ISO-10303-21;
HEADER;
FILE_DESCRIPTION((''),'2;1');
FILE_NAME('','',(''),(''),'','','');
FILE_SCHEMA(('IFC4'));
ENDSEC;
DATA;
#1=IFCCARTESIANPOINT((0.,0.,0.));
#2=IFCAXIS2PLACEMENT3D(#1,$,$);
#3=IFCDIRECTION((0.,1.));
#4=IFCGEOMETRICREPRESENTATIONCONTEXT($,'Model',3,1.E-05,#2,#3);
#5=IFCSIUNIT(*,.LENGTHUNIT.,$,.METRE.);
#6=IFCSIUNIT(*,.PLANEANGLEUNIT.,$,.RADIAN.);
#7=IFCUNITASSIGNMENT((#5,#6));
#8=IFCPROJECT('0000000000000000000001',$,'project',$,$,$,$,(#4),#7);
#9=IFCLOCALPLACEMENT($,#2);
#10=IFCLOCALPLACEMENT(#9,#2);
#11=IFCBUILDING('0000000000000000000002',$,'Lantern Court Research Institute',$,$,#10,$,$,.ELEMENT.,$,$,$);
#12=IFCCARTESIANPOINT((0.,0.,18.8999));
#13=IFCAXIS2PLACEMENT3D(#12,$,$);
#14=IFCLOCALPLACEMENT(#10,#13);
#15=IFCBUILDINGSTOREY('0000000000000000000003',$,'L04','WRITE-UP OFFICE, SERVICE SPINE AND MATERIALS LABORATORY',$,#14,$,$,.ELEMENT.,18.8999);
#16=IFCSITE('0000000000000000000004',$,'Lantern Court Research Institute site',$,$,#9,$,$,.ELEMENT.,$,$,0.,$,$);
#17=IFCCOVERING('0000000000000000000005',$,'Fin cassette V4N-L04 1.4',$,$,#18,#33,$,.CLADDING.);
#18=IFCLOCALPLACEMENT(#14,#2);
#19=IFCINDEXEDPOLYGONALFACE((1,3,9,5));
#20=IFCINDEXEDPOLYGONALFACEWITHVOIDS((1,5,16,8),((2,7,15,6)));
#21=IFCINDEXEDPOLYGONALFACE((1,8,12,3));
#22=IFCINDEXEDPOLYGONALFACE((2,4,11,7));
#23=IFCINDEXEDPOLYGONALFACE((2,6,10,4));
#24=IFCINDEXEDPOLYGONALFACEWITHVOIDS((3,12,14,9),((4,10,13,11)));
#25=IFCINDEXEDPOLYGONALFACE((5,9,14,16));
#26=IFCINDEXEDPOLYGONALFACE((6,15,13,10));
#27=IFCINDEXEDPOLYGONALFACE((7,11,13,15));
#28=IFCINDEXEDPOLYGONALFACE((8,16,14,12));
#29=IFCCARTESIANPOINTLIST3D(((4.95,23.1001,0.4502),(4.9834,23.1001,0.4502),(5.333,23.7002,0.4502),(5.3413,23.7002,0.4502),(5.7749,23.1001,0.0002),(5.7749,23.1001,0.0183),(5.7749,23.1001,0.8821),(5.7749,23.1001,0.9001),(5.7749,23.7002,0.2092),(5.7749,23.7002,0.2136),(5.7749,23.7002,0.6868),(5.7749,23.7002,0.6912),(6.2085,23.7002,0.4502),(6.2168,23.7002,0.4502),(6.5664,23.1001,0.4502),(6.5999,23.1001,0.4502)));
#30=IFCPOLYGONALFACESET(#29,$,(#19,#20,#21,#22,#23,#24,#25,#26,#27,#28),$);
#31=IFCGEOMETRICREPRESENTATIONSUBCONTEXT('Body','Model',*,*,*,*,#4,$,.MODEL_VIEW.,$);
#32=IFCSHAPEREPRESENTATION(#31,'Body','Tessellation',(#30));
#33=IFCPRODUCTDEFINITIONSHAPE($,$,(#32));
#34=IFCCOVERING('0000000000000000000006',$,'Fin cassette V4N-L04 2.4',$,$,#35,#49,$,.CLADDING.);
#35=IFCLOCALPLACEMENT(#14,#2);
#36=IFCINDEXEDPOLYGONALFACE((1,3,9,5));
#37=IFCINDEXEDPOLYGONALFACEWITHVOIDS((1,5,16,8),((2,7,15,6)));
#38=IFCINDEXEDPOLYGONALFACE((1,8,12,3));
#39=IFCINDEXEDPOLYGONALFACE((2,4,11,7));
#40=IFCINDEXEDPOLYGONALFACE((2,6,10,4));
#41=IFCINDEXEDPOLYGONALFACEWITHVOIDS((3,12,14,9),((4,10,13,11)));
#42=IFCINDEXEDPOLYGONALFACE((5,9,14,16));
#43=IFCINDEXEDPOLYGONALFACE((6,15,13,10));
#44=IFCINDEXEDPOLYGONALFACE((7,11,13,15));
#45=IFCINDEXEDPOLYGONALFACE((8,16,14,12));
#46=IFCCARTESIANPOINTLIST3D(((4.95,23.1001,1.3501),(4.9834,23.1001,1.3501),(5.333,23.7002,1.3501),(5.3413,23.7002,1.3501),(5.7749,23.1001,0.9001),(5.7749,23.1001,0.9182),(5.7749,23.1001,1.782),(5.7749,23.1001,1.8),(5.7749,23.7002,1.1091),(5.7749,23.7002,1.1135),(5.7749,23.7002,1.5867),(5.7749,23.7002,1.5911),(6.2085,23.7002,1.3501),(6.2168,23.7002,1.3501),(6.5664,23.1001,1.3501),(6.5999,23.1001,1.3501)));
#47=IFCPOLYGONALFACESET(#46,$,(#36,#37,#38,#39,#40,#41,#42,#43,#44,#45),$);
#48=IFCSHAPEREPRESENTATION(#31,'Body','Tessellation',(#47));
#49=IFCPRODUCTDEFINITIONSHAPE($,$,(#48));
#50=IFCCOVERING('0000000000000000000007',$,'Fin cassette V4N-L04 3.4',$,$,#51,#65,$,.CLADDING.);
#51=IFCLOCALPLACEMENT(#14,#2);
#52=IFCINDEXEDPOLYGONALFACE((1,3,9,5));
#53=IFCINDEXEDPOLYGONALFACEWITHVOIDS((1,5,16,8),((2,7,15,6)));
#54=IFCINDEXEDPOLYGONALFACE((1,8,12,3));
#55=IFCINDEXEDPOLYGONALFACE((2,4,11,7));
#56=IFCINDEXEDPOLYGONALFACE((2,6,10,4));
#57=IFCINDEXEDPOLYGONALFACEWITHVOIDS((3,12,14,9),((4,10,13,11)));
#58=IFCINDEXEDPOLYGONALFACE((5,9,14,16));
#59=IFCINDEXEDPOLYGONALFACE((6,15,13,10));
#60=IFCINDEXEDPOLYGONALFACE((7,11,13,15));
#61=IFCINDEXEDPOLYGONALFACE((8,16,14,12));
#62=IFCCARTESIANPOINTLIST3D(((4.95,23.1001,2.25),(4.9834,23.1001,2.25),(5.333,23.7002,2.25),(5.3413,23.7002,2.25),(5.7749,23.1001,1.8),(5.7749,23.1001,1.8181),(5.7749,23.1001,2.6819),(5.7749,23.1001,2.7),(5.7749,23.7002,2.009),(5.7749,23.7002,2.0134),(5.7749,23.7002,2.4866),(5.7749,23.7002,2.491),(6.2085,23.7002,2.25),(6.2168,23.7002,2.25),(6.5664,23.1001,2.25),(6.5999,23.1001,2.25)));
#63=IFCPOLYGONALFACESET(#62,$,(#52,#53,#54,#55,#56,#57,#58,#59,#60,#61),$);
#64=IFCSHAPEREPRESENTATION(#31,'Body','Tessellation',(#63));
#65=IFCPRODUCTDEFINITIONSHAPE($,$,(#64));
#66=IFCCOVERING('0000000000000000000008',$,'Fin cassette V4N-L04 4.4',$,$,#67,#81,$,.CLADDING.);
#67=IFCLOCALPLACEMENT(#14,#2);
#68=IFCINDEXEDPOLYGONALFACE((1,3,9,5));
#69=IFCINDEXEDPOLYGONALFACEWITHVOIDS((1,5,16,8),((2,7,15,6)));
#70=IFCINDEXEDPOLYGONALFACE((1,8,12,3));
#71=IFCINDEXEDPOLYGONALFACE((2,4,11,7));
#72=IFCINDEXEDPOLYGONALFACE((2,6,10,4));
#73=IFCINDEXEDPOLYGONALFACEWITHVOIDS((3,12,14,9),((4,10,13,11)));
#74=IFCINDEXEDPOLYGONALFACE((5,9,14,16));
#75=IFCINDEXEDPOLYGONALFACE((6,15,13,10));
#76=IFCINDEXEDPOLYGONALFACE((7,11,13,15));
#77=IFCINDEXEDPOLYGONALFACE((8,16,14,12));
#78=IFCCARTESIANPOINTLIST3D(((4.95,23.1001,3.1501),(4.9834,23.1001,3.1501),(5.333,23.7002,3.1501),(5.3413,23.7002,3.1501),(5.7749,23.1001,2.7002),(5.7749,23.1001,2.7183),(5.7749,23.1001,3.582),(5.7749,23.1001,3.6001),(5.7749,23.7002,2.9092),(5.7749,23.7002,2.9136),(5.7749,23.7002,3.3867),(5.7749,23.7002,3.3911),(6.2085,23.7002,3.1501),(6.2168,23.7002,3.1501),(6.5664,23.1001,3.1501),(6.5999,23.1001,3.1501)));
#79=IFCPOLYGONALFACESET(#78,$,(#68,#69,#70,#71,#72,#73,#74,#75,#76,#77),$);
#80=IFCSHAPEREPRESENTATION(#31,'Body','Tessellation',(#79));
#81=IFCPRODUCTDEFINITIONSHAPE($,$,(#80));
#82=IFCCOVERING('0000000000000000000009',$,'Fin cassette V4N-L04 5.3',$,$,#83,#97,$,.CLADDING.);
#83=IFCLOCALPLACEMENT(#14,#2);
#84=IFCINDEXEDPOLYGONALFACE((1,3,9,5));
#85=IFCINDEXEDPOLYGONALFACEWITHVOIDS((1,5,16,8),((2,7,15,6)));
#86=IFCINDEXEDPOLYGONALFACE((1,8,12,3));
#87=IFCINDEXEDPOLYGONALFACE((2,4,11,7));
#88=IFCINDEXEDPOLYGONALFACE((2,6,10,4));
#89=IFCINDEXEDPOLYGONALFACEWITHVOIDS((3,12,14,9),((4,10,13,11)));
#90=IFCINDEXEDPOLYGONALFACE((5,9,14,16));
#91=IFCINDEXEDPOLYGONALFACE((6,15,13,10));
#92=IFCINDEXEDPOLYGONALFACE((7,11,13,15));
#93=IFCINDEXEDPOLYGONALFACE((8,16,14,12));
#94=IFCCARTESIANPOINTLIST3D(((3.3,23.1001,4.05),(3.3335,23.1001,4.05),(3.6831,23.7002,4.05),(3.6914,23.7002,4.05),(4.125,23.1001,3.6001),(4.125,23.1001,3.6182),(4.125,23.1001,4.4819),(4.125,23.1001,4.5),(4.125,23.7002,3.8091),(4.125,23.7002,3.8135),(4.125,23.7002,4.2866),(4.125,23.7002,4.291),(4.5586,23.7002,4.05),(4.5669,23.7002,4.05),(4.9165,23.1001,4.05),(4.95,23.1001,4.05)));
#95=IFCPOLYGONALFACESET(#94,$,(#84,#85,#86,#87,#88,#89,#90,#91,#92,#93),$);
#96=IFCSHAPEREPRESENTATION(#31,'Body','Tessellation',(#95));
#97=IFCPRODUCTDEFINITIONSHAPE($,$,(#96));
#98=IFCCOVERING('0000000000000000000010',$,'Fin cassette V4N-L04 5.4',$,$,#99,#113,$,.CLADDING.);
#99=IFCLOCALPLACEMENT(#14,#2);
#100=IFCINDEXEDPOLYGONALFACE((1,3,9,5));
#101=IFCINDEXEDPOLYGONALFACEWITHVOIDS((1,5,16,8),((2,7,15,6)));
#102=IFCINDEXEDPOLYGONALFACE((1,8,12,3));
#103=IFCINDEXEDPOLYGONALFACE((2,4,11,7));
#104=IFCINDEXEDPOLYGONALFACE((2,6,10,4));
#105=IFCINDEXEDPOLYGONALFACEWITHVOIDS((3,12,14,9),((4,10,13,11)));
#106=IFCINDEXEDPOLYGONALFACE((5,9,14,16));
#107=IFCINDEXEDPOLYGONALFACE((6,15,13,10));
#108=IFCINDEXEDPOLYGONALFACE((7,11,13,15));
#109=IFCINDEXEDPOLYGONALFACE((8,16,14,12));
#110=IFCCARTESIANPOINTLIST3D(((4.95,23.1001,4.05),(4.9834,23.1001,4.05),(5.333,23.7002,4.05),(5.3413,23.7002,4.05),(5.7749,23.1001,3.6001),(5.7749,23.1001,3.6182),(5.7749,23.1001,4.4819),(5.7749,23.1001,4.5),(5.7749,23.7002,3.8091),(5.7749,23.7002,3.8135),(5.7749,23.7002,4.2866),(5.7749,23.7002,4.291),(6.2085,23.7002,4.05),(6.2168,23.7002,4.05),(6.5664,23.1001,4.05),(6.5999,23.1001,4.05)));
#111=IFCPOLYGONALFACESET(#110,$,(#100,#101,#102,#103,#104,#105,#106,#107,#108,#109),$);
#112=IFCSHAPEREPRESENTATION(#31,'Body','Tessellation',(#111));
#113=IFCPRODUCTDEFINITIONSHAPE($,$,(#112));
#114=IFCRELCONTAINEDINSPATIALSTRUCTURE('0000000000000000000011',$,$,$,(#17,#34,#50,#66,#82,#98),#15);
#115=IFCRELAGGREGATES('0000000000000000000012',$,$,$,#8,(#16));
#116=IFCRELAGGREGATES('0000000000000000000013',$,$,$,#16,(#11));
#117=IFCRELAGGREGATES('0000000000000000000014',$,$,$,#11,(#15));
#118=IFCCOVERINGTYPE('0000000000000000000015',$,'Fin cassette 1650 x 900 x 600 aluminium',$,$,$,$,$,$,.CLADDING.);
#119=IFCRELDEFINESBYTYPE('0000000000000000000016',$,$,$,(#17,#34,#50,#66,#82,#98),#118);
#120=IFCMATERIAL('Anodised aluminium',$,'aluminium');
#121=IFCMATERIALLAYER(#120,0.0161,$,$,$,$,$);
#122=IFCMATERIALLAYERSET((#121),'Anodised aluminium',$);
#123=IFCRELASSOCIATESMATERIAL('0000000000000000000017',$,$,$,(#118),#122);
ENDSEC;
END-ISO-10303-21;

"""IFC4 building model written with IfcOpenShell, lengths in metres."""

from ifc_helpers import new_model, entity, si_unit, direction, frame, origin, place, context, subcontext, project, spatial, material, layer, layer_set, type_object, element, save


model = new_model("IFC4")

# Units and contexts
model_context = context("Model", 3, precision=1e-05, world=origin(), true_north=direction((0.0, 1.0)))
body_context = subcontext(model_context, "Body", "Model", "MODEL_VIEW")
ifc_project = project(units=[si_unit("LENGTHUNIT", "METRE"), si_unit("PLANEANGLEUNIT", "RADIAN")], contexts=[model_context])

# Site, building, storey
site_placement = place(None, origin())
site = spatial("IfcSite", under=ifc_project, at=site_placement, Name="Lantern Court Research Institute site", CompositionType="ELEMENT", RefElevation=0.0)
building_placement = place(site_placement, origin())
building = spatial("IfcBuilding", under=site, at=building_placement, Name="Lantern Court Research Institute", CompositionType="ELEMENT")
storey_placement = place(building_placement, frame((0.0, 0.0, 18.8999)))
storey = spatial("IfcBuildingStorey", under=building, at=storey_placement, Name="L04", Description="WRITE-UP OFFICE, SERVICE SPINE AND MATERIALS LABORATORY", CompositionType="ELEMENT", Elevation=18.8999)

# Coverings
ifc_material_1 = material(Name="Anodised aluminium", Category="aluminium")
ifc_layer_1 = layer(ifc_material_1, 0.0161)
ifc_layer_set_1 = layer_set([ifc_layer_1], Name="Anodised aluminium")
covering_type = type_object("IfcCoveringType", Name="Fin cassette 1650 x 900 x 600 aluminium", PredefinedType="CLADDING", material=ifc_layer_set_1)
covering_1_placement = place(storey_placement, frame((5.7749, 23.1001, 0.4502), z_axis=(0.0, 1.0, 0.0), x_axis=(-1.0, 0.0, 0.0)))
cartesian_point_1 = entity("IfcCartesianPoint", [0.825, 0.0])
cartesian_point_2 = entity("IfcCartesianPoint", [0.7915, 0.0])
cartesian_point_3 = entity("IfcCartesianPoint", [0.4419, 0.0])
cartesian_point_4 = entity("IfcCartesianPoint", [0.4336, 0.0])
element("IfcCovering", 1, at=covering_1_placement, inside=storey, type_object=covering_type, Name="Fin cassette V4N-L04 1.4", PredefinedType="CLADDING", context=body_context, shape_type="SweptSolid", body=[
    entity("IfcExtrudedAreaSolidTapered", entity("IfcArbitraryProfileDefWithVoids", "AREA", None, entity("IfcPolyline", [cartesian_point_1, entity("IfcCartesianPoint", [0.0, 0.45]), entity("IfcCartesianPoint", [-0.825, 0.0]), entity("IfcCartesianPoint", [0.0, -0.45]), cartesian_point_1]), [entity("IfcPolyline", [cartesian_point_2, entity("IfcCartesianPoint", [0.0, 0.4319]), entity("IfcCartesianPoint", [-0.7915, 0.0]), entity("IfcCartesianPoint", [0.0, -0.4319]), cartesian_point_2])]), entity("IfcAxis2Placement3D", entity("IfcCartesianPoint", [0.0, 0.0, 0.0])), entity("IfcDirection", [0.0, 0.0, 1.0]), 0.6001, entity("IfcArbitraryProfileDefWithVoids", "AREA", None, entity("IfcPolyline", [cartesian_point_3, entity("IfcCartesianPoint", [0.0, 0.241]), entity("IfcCartesianPoint", [-0.4419, 0.0]), entity("IfcCartesianPoint", [0.0, -0.241]), cartesian_point_3]), [entity("IfcPolyline", [cartesian_point_4, entity("IfcCartesianPoint", [0.0, 0.2366]), entity("IfcCartesianPoint", [-0.4336, 0.0]), entity("IfcCartesianPoint", [0.0, -0.2366]), cartesian_point_4])])),
])
covering_2_placement = place(storey_placement, frame((5.7749, 23.1001, 1.3501), z_axis=(0.0, 1.0, 0.0), x_axis=(-1.0, 0.0, 0.0)))
cartesian_point_5 = entity("IfcCartesianPoint", [0.825, 0.0])
cartesian_point_6 = entity("IfcCartesianPoint", [0.7915, 0.0])
cartesian_point_7 = entity("IfcCartesianPoint", [0.4419, 0.0])
cartesian_point_8 = entity("IfcCartesianPoint", [0.4336, 0.0])
element("IfcCovering", 2, at=covering_2_placement, inside=storey, type_object=covering_type, Name="Fin cassette V4N-L04 2.4", PredefinedType="CLADDING", context=body_context, shape_type="SweptSolid", body=[
    entity("IfcExtrudedAreaSolidTapered", entity("IfcArbitraryProfileDefWithVoids", "AREA", None, entity("IfcPolyline", [cartesian_point_5, entity("IfcCartesianPoint", [0.0, 0.45]), entity("IfcCartesianPoint", [-0.825, 0.0]), entity("IfcCartesianPoint", [0.0, -0.45]), cartesian_point_5]), [entity("IfcPolyline", [cartesian_point_6, entity("IfcCartesianPoint", [0.0, 0.4319]), entity("IfcCartesianPoint", [-0.7915, 0.0]), entity("IfcCartesianPoint", [0.0, -0.4319]), cartesian_point_6])]), entity("IfcAxis2Placement3D", entity("IfcCartesianPoint", [0.0, 0.0, 0.0])), entity("IfcDirection", [0.0, 0.0, 1.0]), 0.6001, entity("IfcArbitraryProfileDefWithVoids", "AREA", None, entity("IfcPolyline", [cartesian_point_7, entity("IfcCartesianPoint", [0.0, 0.241]), entity("IfcCartesianPoint", [-0.4419, 0.0]), entity("IfcCartesianPoint", [0.0, -0.241]), cartesian_point_7]), [entity("IfcPolyline", [cartesian_point_8, entity("IfcCartesianPoint", [0.0, 0.2366]), entity("IfcCartesianPoint", [-0.4336, 0.0]), entity("IfcCartesianPoint", [0.0, -0.2366]), cartesian_point_8])])),
])
covering_3_placement = place(storey_placement, frame((5.7749, 23.1001, 2.25), z_axis=(0.0, 1.0, 0.0), x_axis=(-1.0, 0.0, 0.0)))
cartesian_point_9 = entity("IfcCartesianPoint", [0.825, 0.0])
cartesian_point_10 = entity("IfcCartesianPoint", [0.7915, 0.0])
cartesian_point_11 = entity("IfcCartesianPoint", [0.4419, 0.0])
cartesian_point_12 = entity("IfcCartesianPoint", [0.4336, 0.0])
element("IfcCovering", 3, at=covering_3_placement, inside=storey, type_object=covering_type, Name="Fin cassette V4N-L04 3.4", PredefinedType="CLADDING", context=body_context, shape_type="SweptSolid", body=[
    entity("IfcExtrudedAreaSolidTapered", entity("IfcArbitraryProfileDefWithVoids", "AREA", None, entity("IfcPolyline", [cartesian_point_9, entity("IfcCartesianPoint", [0.0, 0.45]), entity("IfcCartesianPoint", [-0.825, 0.0]), entity("IfcCartesianPoint", [0.0, -0.45]), cartesian_point_9]), [entity("IfcPolyline", [cartesian_point_10, entity("IfcCartesianPoint", [0.0, 0.4319]), entity("IfcCartesianPoint", [-0.7915, 0.0]), entity("IfcCartesianPoint", [0.0, -0.4319]), cartesian_point_10])]), entity("IfcAxis2Placement3D", entity("IfcCartesianPoint", [0.0, 0.0, 0.0])), entity("IfcDirection", [0.0, 0.0, 1.0]), 0.6001, entity("IfcArbitraryProfileDefWithVoids", "AREA", None, entity("IfcPolyline", [cartesian_point_11, entity("IfcCartesianPoint", [0.0, 0.241]), entity("IfcCartesianPoint", [-0.4419, 0.0]), entity("IfcCartesianPoint", [0.0, -0.241]), cartesian_point_11]), [entity("IfcPolyline", [cartesian_point_12, entity("IfcCartesianPoint", [0.0, 0.2366]), entity("IfcCartesianPoint", [-0.4336, 0.0]), entity("IfcCartesianPoint", [0.0, -0.2366]), cartesian_point_12])])),
])
covering_4_placement = place(storey_placement, frame((5.7749, 23.1001, 3.1501), z_axis=(0.0, 1.0, 0.0), x_axis=(-1.0, 0.0, 0.0)))
cartesian_point_13 = entity("IfcCartesianPoint", [0.825, 0.0])
cartesian_point_14 = entity("IfcCartesianPoint", [0.7915, 0.0])
cartesian_point_15 = entity("IfcCartesianPoint", [0.4419, 0.0])
cartesian_point_16 = entity("IfcCartesianPoint", [0.4336, 0.0])
element("IfcCovering", 4, at=covering_4_placement, inside=storey, type_object=covering_type, Name="Fin cassette V4N-L04 4.4", PredefinedType="CLADDING", context=body_context, shape_type="SweptSolid", body=[
    entity("IfcExtrudedAreaSolidTapered", entity("IfcArbitraryProfileDefWithVoids", "AREA", None, entity("IfcPolyline", [cartesian_point_13, entity("IfcCartesianPoint", [0.0, 0.45]), entity("IfcCartesianPoint", [-0.825, 0.0]), entity("IfcCartesianPoint", [0.0, -0.45]), cartesian_point_13]), [entity("IfcPolyline", [cartesian_point_14, entity("IfcCartesianPoint", [0.0, 0.4319]), entity("IfcCartesianPoint", [-0.7915, 0.0]), entity("IfcCartesianPoint", [0.0, -0.4319]), cartesian_point_14])]), entity("IfcAxis2Placement3D", entity("IfcCartesianPoint", [0.0, 0.0, 0.0])), entity("IfcDirection", [0.0, 0.0, 1.0]), 0.6001, entity("IfcArbitraryProfileDefWithVoids", "AREA", None, entity("IfcPolyline", [cartesian_point_15, entity("IfcCartesianPoint", [0.0, 0.241]), entity("IfcCartesianPoint", [-0.4419, 0.0]), entity("IfcCartesianPoint", [0.0, -0.241]), cartesian_point_15]), [entity("IfcPolyline", [cartesian_point_16, entity("IfcCartesianPoint", [0.0, 0.2366]), entity("IfcCartesianPoint", [-0.4336, 0.0]), entity("IfcCartesianPoint", [0.0, -0.2366]), cartesian_point_16])])),
])
covering_5_placement = place(storey_placement, frame((4.125, 23.1001, 4.05), z_axis=(0.0, 1.0, 0.0), x_axis=(-1.0, 0.0, 0.0)))
cartesian_point_17 = entity("IfcCartesianPoint", [0.825, 0.0])
cartesian_point_18 = entity("IfcCartesianPoint", [0.7915, 0.0])
cartesian_point_19 = entity("IfcCartesianPoint", [0.4419, 0.0])
cartesian_point_20 = entity("IfcCartesianPoint", [0.4336, 0.0])
element("IfcCovering", 5, at=covering_5_placement, inside=storey, type_object=covering_type, Name="Fin cassette V4N-L04 5.3", PredefinedType="CLADDING", context=body_context, shape_type="SweptSolid", body=[
    entity("IfcExtrudedAreaSolidTapered", entity("IfcArbitraryProfileDefWithVoids", "AREA", None, entity("IfcPolyline", [cartesian_point_17, entity("IfcCartesianPoint", [0.0, 0.45]), entity("IfcCartesianPoint", [-0.825, 0.0]), entity("IfcCartesianPoint", [0.0, -0.45]), cartesian_point_17]), [entity("IfcPolyline", [cartesian_point_18, entity("IfcCartesianPoint", [0.0, 0.4319]), entity("IfcCartesianPoint", [-0.7915, 0.0]), entity("IfcCartesianPoint", [0.0, -0.4319]), cartesian_point_18])]), entity("IfcAxis2Placement3D", entity("IfcCartesianPoint", [0.0, 0.0, 0.0])), entity("IfcDirection", [0.0, 0.0, 1.0]), 0.6001, entity("IfcArbitraryProfileDefWithVoids", "AREA", None, entity("IfcPolyline", [cartesian_point_19, entity("IfcCartesianPoint", [0.0, 0.241]), entity("IfcCartesianPoint", [-0.4419, 0.0]), entity("IfcCartesianPoint", [0.0, -0.241]), cartesian_point_19]), [entity("IfcPolyline", [cartesian_point_20, entity("IfcCartesianPoint", [0.0, 0.2366]), entity("IfcCartesianPoint", [-0.4336, 0.0]), entity("IfcCartesianPoint", [0.0, -0.2366]), cartesian_point_20])])),
])
covering_6_placement = place(storey_placement, frame((5.7749, 23.1001, 4.05), z_axis=(0.0, 1.0, 0.0), x_axis=(-1.0, 0.0, 0.0)))
cartesian_point_21 = entity("IfcCartesianPoint", [0.825, 0.0])
cartesian_point_22 = entity("IfcCartesianPoint", [0.7915, 0.0])
cartesian_point_23 = entity("IfcCartesianPoint", [0.4419, 0.0])
cartesian_point_24 = entity("IfcCartesianPoint", [0.4336, 0.0])
element("IfcCovering", 6, at=covering_6_placement, inside=storey, type_object=covering_type, Name="Fin cassette V4N-L04 5.4", PredefinedType="CLADDING", context=body_context, shape_type="SweptSolid", body=[
    entity("IfcExtrudedAreaSolidTapered", entity("IfcArbitraryProfileDefWithVoids", "AREA", None, entity("IfcPolyline", [cartesian_point_21, entity("IfcCartesianPoint", [0.0, 0.45]), entity("IfcCartesianPoint", [-0.825, 0.0]), entity("IfcCartesianPoint", [0.0, -0.45]), cartesian_point_21]), [entity("IfcPolyline", [cartesian_point_22, entity("IfcCartesianPoint", [0.0, 0.4319]), entity("IfcCartesianPoint", [-0.7915, 0.0]), entity("IfcCartesianPoint", [0.0, -0.4319]), cartesian_point_22])]), entity("IfcAxis2Placement3D", entity("IfcCartesianPoint", [0.0, 0.0, 0.0])), entity("IfcDirection", [0.0, 0.0, 1.0]), 0.6001, entity("IfcArbitraryProfileDefWithVoids", "AREA", None, entity("IfcPolyline", [cartesian_point_23, entity("IfcCartesianPoint", [0.0, 0.241]), entity("IfcCartesianPoint", [-0.4419, 0.0]), entity("IfcCartesianPoint", [0.0, -0.241]), cartesian_point_23]), [entity("IfcPolyline", [cartesian_point_24, entity("IfcCartesianPoint", [0.0, 0.2366]), entity("IfcCartesianPoint", [-0.4336, 0.0]), entity("IfcCartesianPoint", [0.0, -0.2366]), cartesian_point_24])])),
])

save(model, "model.ifc")
